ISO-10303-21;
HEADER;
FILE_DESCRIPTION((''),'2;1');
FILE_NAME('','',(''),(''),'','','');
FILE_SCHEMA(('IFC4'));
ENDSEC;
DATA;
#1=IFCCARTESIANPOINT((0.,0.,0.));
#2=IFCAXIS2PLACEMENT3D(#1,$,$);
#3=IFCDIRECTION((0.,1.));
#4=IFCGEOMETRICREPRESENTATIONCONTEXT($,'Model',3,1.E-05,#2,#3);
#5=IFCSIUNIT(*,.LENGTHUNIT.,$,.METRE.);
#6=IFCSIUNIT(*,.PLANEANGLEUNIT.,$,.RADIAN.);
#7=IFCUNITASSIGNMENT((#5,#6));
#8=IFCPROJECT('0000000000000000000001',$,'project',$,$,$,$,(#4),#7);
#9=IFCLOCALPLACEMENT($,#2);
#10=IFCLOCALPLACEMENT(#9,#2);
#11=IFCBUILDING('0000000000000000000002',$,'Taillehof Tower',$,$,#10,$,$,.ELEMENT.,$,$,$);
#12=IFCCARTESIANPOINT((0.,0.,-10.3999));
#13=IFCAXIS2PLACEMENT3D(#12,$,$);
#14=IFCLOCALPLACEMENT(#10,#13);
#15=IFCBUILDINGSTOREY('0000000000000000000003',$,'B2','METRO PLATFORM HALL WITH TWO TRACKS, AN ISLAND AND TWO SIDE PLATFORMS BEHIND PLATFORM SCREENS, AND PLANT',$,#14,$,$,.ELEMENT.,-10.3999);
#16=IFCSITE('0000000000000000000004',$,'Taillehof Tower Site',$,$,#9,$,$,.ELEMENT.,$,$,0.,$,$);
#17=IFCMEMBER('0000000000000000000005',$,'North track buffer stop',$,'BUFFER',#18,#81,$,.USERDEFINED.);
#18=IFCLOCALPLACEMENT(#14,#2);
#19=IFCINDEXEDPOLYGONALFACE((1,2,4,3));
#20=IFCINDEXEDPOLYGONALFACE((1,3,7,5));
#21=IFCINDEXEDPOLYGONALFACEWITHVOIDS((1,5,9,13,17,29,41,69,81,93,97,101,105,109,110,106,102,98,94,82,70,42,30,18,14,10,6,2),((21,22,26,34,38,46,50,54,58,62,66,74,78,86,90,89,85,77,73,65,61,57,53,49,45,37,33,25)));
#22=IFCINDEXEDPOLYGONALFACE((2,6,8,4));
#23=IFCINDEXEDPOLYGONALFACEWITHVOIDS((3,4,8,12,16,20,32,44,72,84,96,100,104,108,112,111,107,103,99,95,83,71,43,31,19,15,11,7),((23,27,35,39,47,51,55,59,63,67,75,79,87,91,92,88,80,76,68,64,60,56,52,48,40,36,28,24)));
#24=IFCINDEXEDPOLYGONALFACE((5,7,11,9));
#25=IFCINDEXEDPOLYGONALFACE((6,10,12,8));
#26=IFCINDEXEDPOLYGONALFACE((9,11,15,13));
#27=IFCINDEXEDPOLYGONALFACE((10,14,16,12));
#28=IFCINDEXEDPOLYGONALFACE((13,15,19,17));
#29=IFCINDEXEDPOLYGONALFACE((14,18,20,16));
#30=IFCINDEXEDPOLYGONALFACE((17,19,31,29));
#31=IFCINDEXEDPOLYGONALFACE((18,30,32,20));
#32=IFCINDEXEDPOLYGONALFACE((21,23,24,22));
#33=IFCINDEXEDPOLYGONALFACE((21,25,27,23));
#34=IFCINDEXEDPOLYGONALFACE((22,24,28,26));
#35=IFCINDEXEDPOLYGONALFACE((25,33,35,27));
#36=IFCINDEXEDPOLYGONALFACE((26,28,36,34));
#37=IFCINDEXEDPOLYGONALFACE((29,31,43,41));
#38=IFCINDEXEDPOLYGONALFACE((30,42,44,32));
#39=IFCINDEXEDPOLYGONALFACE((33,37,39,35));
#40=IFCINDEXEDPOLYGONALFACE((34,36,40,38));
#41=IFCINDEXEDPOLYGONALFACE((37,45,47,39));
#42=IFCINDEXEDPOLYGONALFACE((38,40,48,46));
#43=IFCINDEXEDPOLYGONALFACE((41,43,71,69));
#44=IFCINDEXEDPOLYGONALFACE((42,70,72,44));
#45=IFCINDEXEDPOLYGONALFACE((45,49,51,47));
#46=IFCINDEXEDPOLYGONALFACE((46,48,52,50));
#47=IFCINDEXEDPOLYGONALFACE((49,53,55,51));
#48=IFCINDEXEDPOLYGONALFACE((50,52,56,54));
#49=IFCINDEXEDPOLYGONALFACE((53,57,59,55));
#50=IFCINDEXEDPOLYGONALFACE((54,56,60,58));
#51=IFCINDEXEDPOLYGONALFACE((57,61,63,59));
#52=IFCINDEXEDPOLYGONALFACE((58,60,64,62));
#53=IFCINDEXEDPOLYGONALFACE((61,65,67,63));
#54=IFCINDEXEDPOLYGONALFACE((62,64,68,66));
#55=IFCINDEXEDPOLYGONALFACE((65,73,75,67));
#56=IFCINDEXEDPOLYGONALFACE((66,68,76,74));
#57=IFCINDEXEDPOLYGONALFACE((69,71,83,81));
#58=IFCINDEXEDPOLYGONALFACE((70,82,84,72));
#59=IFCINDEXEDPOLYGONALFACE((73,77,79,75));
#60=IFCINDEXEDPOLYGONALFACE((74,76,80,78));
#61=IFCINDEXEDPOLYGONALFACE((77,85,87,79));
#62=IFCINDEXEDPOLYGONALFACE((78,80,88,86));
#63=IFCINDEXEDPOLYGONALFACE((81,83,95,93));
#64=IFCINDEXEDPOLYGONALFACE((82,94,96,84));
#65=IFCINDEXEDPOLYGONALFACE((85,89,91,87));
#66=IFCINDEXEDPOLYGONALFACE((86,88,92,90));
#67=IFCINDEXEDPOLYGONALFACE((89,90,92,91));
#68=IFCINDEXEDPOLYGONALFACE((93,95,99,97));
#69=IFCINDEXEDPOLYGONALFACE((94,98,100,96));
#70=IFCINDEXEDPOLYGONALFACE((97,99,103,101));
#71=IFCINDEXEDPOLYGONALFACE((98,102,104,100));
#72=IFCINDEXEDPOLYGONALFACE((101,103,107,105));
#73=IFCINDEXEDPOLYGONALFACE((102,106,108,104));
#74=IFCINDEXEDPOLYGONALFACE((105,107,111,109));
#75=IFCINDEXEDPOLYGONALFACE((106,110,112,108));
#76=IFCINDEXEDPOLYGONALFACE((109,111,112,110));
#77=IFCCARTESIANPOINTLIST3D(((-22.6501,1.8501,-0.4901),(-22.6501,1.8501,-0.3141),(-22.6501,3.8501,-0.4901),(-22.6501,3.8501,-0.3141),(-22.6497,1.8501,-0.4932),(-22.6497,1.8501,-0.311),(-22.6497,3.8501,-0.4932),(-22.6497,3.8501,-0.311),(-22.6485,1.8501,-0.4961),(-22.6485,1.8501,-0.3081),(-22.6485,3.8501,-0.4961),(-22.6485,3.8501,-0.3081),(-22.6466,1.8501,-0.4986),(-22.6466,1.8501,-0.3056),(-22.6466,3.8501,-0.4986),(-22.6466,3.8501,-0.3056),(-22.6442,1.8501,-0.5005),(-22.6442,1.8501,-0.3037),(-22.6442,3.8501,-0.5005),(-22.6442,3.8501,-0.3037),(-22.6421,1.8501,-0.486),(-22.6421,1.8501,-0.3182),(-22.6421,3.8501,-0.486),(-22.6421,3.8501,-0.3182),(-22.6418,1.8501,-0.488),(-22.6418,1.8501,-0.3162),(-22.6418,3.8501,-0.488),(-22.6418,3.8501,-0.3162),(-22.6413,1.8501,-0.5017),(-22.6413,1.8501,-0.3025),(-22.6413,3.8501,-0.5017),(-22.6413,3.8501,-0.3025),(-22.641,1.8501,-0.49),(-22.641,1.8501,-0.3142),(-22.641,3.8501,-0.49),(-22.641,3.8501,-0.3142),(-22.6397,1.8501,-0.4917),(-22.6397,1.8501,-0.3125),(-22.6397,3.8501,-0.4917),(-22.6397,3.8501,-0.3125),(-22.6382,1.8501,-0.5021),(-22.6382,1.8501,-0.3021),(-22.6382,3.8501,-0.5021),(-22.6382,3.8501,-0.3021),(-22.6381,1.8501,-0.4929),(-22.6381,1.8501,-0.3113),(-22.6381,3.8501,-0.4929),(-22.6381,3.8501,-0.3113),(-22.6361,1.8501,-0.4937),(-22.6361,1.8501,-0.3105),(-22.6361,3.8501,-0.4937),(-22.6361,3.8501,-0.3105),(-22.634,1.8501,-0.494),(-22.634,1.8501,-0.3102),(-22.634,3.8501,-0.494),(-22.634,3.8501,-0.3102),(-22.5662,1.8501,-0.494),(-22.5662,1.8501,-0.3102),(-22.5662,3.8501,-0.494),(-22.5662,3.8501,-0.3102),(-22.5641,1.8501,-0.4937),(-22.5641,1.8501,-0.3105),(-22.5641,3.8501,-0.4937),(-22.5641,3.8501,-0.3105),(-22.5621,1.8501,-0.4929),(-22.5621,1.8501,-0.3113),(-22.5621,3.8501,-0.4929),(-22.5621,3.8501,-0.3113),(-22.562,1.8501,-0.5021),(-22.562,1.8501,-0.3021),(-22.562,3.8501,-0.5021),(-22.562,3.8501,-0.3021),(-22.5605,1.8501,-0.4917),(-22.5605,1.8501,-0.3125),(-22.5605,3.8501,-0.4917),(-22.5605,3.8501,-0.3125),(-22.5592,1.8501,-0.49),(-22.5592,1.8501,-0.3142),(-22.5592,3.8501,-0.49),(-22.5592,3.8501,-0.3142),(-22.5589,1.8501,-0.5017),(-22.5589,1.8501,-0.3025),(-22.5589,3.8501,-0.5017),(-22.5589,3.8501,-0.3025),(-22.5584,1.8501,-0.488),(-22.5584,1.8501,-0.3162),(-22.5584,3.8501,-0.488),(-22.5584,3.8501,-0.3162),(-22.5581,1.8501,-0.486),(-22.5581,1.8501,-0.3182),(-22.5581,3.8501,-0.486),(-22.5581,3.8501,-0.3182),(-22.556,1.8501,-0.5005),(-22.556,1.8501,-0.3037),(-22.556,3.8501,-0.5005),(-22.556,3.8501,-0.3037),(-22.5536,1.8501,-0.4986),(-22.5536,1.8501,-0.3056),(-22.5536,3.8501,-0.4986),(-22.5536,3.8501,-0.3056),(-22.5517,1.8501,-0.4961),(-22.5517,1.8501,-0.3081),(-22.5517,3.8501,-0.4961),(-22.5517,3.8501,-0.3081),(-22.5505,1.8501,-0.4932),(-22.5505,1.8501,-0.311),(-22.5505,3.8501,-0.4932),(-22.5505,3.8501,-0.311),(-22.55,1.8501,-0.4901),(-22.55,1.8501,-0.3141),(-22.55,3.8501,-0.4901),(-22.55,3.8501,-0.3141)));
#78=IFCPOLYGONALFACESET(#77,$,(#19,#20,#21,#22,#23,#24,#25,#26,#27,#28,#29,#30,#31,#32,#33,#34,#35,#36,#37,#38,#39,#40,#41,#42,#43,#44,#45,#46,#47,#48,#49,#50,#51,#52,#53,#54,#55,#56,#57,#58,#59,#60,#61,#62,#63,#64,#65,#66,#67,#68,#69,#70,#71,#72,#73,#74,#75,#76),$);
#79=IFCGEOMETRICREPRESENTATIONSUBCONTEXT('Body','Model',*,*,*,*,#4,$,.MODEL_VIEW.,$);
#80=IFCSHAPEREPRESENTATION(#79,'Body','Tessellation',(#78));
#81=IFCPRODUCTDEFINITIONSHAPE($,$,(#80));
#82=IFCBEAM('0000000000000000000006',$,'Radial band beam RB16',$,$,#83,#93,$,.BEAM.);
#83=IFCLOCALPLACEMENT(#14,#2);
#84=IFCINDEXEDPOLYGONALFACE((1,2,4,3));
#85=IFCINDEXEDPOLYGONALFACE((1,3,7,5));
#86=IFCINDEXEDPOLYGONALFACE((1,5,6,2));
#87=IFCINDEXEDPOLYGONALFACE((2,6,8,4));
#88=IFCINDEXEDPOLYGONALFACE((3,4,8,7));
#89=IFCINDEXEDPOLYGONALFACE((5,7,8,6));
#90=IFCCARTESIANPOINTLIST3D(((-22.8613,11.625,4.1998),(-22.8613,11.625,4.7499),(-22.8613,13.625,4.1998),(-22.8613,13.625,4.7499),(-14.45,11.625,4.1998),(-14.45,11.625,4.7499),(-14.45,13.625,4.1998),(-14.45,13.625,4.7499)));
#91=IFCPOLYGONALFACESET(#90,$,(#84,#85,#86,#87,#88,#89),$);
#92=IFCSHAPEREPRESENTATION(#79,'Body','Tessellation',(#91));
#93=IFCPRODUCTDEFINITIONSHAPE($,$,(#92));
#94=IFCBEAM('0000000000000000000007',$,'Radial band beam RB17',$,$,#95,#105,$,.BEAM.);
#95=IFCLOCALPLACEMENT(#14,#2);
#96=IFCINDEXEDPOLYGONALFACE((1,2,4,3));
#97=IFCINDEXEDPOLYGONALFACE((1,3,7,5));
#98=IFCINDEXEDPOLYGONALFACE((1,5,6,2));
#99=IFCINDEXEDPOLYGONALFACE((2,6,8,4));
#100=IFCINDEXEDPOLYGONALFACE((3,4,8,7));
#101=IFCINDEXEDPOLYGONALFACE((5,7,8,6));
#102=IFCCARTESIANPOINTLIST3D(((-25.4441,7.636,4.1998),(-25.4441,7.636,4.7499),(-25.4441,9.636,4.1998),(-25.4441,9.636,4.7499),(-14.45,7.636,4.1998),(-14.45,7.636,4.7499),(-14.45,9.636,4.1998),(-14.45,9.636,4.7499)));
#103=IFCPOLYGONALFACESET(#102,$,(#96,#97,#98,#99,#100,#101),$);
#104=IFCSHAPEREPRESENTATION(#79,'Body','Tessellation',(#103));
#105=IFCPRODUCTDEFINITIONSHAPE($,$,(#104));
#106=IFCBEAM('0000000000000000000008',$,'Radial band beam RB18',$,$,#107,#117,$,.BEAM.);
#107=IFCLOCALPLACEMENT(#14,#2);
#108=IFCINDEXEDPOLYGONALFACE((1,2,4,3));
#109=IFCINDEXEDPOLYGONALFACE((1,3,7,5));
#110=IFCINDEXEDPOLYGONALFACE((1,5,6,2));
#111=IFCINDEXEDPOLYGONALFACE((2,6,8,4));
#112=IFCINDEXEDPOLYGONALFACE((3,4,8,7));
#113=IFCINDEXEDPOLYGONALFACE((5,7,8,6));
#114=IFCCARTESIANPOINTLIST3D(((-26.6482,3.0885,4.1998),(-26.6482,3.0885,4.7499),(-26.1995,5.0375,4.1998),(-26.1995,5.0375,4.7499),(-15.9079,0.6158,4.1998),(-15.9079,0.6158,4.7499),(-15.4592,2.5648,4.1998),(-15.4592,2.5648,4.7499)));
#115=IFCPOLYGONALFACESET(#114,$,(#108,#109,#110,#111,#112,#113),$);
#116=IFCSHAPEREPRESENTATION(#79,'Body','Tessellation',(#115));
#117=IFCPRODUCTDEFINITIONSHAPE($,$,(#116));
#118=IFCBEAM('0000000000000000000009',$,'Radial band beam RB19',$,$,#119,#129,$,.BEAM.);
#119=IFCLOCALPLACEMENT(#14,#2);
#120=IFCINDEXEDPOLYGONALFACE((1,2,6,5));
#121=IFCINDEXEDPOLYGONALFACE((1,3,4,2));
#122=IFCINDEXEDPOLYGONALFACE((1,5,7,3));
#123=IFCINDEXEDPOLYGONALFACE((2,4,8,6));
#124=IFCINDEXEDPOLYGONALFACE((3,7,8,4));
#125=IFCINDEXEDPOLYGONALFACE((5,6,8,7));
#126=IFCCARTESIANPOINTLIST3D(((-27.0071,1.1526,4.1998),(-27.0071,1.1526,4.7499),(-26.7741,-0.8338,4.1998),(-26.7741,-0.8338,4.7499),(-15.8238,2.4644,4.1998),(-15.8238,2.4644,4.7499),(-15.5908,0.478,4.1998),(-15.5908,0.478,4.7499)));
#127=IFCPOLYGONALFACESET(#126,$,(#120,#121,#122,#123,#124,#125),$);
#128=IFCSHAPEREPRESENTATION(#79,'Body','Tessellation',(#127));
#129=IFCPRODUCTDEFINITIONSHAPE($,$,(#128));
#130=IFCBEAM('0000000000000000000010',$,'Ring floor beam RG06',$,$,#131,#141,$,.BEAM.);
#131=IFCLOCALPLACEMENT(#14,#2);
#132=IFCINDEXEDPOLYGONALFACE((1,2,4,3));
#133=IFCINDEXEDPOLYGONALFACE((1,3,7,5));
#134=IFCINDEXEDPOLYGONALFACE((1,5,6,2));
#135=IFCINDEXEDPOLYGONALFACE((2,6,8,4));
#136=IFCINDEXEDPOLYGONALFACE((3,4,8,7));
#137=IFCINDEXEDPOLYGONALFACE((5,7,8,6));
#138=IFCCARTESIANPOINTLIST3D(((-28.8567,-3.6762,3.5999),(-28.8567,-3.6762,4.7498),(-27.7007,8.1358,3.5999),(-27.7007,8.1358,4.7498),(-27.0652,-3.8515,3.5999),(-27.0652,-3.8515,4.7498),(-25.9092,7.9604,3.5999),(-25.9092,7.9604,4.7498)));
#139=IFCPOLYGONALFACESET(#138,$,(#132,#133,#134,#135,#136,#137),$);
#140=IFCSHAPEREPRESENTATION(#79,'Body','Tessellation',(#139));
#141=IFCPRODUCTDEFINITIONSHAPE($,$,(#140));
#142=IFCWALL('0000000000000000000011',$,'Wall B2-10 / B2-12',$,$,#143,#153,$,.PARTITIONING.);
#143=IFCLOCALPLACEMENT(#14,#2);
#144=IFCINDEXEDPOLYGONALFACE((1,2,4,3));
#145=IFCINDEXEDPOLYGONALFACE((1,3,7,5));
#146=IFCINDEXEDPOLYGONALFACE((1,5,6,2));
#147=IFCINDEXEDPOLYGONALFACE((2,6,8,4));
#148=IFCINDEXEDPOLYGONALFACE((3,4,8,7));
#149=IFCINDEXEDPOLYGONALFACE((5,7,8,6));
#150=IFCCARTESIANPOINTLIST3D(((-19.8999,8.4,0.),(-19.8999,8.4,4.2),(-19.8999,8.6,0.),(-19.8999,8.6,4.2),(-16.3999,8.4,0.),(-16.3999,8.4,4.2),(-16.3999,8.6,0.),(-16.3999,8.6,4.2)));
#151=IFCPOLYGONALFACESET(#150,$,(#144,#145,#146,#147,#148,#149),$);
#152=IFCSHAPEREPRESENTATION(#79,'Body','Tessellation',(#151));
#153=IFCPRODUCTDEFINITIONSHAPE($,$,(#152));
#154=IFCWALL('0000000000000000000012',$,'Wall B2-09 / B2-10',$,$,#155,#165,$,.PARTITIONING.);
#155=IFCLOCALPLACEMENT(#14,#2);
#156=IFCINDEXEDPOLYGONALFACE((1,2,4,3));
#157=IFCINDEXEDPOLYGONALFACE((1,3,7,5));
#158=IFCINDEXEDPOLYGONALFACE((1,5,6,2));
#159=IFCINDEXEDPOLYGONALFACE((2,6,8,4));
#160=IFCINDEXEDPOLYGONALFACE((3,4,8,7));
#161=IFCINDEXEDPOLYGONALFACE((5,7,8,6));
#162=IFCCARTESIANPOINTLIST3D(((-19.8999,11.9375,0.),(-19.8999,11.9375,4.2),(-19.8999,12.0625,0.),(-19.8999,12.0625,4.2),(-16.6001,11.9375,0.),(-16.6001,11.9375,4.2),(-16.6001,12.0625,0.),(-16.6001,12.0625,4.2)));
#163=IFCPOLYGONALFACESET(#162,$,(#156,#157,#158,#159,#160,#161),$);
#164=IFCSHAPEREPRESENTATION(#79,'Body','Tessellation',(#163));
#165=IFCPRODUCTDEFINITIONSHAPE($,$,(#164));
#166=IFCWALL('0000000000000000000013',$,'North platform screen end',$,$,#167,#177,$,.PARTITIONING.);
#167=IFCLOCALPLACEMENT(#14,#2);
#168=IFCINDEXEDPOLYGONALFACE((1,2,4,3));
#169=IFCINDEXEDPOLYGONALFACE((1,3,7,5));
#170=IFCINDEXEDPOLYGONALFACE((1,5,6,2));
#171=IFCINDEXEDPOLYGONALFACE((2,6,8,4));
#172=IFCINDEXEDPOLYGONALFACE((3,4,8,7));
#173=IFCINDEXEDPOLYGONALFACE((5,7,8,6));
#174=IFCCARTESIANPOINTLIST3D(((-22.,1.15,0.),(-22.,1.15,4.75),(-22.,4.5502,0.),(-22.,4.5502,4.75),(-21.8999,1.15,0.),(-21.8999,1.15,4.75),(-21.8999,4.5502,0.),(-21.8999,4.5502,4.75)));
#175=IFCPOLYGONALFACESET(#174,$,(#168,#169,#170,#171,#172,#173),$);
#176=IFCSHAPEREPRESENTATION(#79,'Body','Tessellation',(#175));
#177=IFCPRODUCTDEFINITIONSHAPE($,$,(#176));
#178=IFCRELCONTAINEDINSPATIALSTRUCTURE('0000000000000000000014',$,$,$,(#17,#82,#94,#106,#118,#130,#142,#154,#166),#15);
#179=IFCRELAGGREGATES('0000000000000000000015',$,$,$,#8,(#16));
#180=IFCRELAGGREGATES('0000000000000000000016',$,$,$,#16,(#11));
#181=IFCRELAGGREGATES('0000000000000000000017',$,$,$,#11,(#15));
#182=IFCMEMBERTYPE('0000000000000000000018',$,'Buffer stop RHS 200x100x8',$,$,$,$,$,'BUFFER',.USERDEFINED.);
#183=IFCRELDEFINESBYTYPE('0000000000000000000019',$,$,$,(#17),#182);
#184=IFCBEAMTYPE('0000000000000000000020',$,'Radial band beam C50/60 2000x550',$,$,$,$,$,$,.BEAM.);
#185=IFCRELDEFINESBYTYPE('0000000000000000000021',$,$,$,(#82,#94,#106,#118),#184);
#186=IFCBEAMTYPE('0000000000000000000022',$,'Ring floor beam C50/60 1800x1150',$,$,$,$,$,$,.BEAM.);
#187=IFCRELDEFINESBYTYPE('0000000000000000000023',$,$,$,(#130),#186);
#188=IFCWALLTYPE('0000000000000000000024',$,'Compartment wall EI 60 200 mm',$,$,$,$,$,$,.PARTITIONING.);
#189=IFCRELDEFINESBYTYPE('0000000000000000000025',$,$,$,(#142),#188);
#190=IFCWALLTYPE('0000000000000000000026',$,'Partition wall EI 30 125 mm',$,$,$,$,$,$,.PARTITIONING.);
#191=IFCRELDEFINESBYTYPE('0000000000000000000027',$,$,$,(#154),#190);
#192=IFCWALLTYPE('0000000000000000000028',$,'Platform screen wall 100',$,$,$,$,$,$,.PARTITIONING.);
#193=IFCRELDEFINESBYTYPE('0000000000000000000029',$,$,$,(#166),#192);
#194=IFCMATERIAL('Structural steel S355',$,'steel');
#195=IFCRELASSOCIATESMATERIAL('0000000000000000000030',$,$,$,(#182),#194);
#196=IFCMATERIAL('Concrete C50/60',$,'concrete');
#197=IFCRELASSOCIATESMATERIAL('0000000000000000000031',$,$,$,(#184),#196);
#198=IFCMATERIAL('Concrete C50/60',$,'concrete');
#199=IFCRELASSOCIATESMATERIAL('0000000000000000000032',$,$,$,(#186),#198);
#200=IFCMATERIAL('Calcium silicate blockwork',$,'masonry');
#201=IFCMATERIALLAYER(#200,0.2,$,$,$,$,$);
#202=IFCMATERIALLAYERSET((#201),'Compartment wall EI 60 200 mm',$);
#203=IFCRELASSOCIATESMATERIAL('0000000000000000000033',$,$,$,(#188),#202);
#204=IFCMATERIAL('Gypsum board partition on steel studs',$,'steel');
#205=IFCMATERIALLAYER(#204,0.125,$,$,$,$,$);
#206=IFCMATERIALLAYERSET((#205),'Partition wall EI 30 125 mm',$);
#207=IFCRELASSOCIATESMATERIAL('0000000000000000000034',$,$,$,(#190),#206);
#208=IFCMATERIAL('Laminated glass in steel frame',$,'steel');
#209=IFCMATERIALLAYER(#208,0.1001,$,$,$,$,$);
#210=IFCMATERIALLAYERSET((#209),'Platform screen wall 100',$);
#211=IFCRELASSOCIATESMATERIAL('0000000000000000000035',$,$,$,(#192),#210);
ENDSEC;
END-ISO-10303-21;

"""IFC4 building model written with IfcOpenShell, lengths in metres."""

from ifc_helpers import new_model, si_unit, direction, frame, frame_2d, origin, origin_2d, place, context, subcontext, project, spatial, rectangle, hollow_rectangle, extrude, material, layer, layer_set, material_profile, profile_set, type_object, element, save


model = new_model("IFC4")

# Units and contexts
model_context = context("Model", 3, precision=1e-05, world=origin(), true_north=direction((0.0, 1.0)))
body_context = subcontext(model_context, "Body", "Model", "MODEL_VIEW")
ifc_project = project(units=[si_unit("LENGTHUNIT", "METRE"), si_unit("PLANEANGLEUNIT", "RADIAN")], contexts=[model_context])

# Site, building, storey
site_placement = place(None, origin())
site = spatial("IfcSite", under=ifc_project, at=site_placement, Name="Taillehof Tower Site", CompositionType="ELEMENT", RefElevation=0.0)
building_placement = place(site_placement, origin())
building = spatial("IfcBuilding", under=site, at=building_placement, Name="Taillehof Tower", CompositionType="ELEMENT")
storey_placement = place(building_placement, frame((0.0, 0.0, -10.3999)))
storey = spatial("IfcBuildingStorey", under=building, at=storey_placement, Name="B2", Description="METRO PLATFORM HALL WITH TWO TRACKS, AN ISLAND AND TWO SIDE PLATFORMS BEHIND PLATFORM SCREENS, AND PLANT", CompositionType="ELEMENT", Elevation=-10.3999)

# Member
ifc_material_1 = material(Name="Structural steel S355", Category="steel")
ifc_material_profile_1 = material_profile(ifc_material_1, hollow_rectangle(XDim=0.1001, YDim=0.2, WallThickness=0.0081, InnerFilletRadius=0.0081, OuterFilletRadius=0.012, at=origin_2d()), Name="RHS 200x100x8")
ifc_profile_set_1 = profile_set([ifc_material_profile_1], Name="Structural steel S355")
member_type = type_object("IfcMemberType", Name="Buffer stop RHS 200x100x8", ElementType="BUFFER", PredefinedType="USERDEFINED", material=ifc_profile_set_1)
member_placement = place(storey_placement, frame((-22.6001, 1.8501, -0.4021), z_axis=(0.0, 1.0, 0.0), x_axis=(-1.0, 0.0, 0.0)))
element("IfcMember", 1, at=member_placement, inside=storey, type_object=member_type, Name="North track buffer stop", ObjectType="BUFFER", PredefinedType="USERDEFINED", context=body_context, shape_type="SweptSolid", body=[
    extrude(hollow_rectangle(XDim=0.1001, YDim=0.2, WallThickness=0.0081, InnerFilletRadius=0.0081, OuterFilletRadius=0.012, at=origin_2d()), origin(), (0.0, 0.0, 1.0), 2.0),
])

# Beams
ifc_material_2 = material(Name="Concrete C50/60", Category="concrete")
ifc_material_profile_2 = material_profile(ifc_material_2, rectangle(XDim=2.0, YDim=0.55, at=origin_2d()), Name="RC 2000x550")
ifc_profile_set_2 = profile_set([ifc_material_profile_2], Name="Concrete C50/60")
beam_type_1 = type_object("IfcBeamType", Name="Radial band beam C50/60 2000x550", PredefinedType="BEAM", material=ifc_profile_set_2)
beam_1_placement = place(storey_placement, frame((-22.8613, 12.625, 4.4749), z_axis=(1.0, 0.0, 0.0), x_axis=(0.0, 1.0, 0.0)))
element("IfcBeam", 2, at=beam_1_placement, inside=storey, type_object=beam_type_1, Name="Radial band beam RB16", PredefinedType="BEAM", context=body_context, shape_type="SweptSolid", body=[
    extrude(rectangle(XDim=2.0, YDim=0.55, at=origin_2d()), origin(), (0.0, 0.0, 1.0), 8.4114),
])
beam_2_placement = place(storey_placement, frame((-25.4441, 8.636, 4.4749), z_axis=(1.0, 0.0, 0.0), x_axis=(0.0, 1.0, 0.0)))
element("IfcBeam", 3, at=beam_2_placement, inside=storey, type_object=beam_type_1, Name="Radial band beam RB17", PredefinedType="BEAM", context=body_context, shape_type="SweptSolid", body=[
    extrude(rectangle(XDim=2.0, YDim=0.55, at=origin_2d()), origin(), (0.0, 0.0, 1.0), 10.9941),
])
beam_3_placement = place(storey_placement, frame((-26.4238, 4.063, 4.4749), z_axis=(0.974508, -0.224355, 0.0), x_axis=(0.224355, 0.974508, 0.0)))
element("IfcBeam", 4, at=beam_3_placement, inside=storey, type_object=beam_type_1, Name="Radial band beam RB18", PredefinedType="BEAM", context=body_context, shape_type="SweptSolid", body=[
    extrude(rectangle(XDim=2.0, YDim=0.55, at=origin_2d()), origin(), (0.0, 0.0, 1.0), 11.0212),
])
beam_4_placement = place(storey_placement, frame((-26.8906, 0.1594, 4.4749), z_axis=(0.993191, 0.116498, 0.0), x_axis=(-0.116498, 0.993191, 0.0)))
element("IfcBeam", 5, at=beam_4_placement, inside=storey, type_object=beam_type_1, Name="Radial band beam RB19", PredefinedType="BEAM", context=body_context, shape_type="SweptSolid", body=[
    extrude(rectangle(XDim=2.0, YDim=0.55, at=origin_2d()), origin(), (0.0, 0.0, 1.0), 11.26),
])
ifc_material_3 = material(Name="Concrete C50/60", Category="concrete")
ifc_material_profile_3 = material_profile(ifc_material_3, rectangle(XDim=1.8, YDim=1.1499, at=origin_2d()), Name="RC 1800x1150")
ifc_profile_set_3 = profile_set([ifc_material_profile_3], Name="Concrete C50/60")
beam_type_2 = type_object("IfcBeamType", Name="Ring floor beam C50/60 1800x1150", PredefinedType="BEAM", material=ifc_profile_set_3)
beam_5_placement = place(storey_placement, frame((-26.8049, 8.0481, 4.1748), z_axis=(-0.097402, -0.995245, 0.0), x_axis=(0.995245, -0.097402, 0.0)))
element("IfcBeam", 6, at=beam_5_placement, inside=storey, type_object=beam_type_2, Name="Ring floor beam RG06", PredefinedType="BEAM", context=body_context, shape_type="SweptSolid", body=[
    extrude(rectangle(XDim=1.8, YDim=1.1499, at=origin_2d()), origin(), (0.0, 0.0, 1.0), 11.8684),
])

# Walls
ifc_material_4 = material(Name="Calcium silicate blockwork", Category="masonry")
ifc_layer_1 = layer(ifc_material_4, 0.2)
ifc_layer_set_1 = layer_set([ifc_layer_1], Name="Compartment wall EI 60 200 mm")
wall_type_1 = type_object("IfcWallType", Name="Compartment wall EI 60 200 mm", PredefinedType="PARTITIONING", material=ifc_layer_set_1)
wall_1_placement = place(storey_placement, frame((-19.8999, 8.5, 0.0), z_axis=(0.0, 0.0, 1.0), x_axis=(1.0, 0.0, 0.0)))
element("IfcWall", 7, at=wall_1_placement, inside=storey, type_object=wall_type_1, Name="Wall B2-10 / B2-12", PredefinedType="PARTITIONING", context=body_context, shape_type="SweptSolid", body=[
    extrude(rectangle(XDim=3.5, YDim=0.2, at=frame_2d((1.75, 0.0))), origin(), (0.0, 0.0, 1.0), 4.2),
])
ifc_material_5 = material(Name="Gypsum board partition on steel studs", Category="steel")
ifc_layer_2 = layer(ifc_material_5, 0.125)
ifc_layer_set_2 = layer_set([ifc_layer_2], Name="Partition wall EI 30 125 mm")
wall_type_2 = type_object("IfcWallType", Name="Partition wall EI 30 125 mm", PredefinedType="PARTITIONING", material=ifc_layer_set_2)
wall_2_placement = place(storey_placement, frame((-19.8999, 12.0, 0.0), z_axis=(0.0, 0.0, 1.0), x_axis=(1.0, 0.0, 0.0)))
element("IfcWall", 8, at=wall_2_placement, inside=storey, type_object=wall_type_2, Name="Wall B2-09 / B2-10", PredefinedType="PARTITIONING", context=body_context, shape_type="SweptSolid", body=[
    extrude(rectangle(XDim=3.2998, YDim=0.125, at=frame_2d((1.6499, 0.0))), origin(), (0.0, 0.0, 1.0), 4.2),
])
ifc_material_6 = material(Name="Laminated glass in steel frame", Category="steel")
ifc_layer_3 = layer(ifc_material_6, 0.1001)
ifc_layer_set_3 = layer_set([ifc_layer_3], Name="Platform screen wall 100")
wall_type_3 = type_object("IfcWallType", Name="Platform screen wall 100", PredefinedType="PARTITIONING", material=ifc_layer_set_3)
wall_3_placement = place(storey_placement, frame((-21.95, 1.1499, 0.0), z_axis=(0.0, 0.0, 1.0), x_axis=(0.0, 1.0, 0.0)))
element("IfcWall", 9, at=wall_3_placement, inside=storey, type_object=wall_type_3, Name="North platform screen end", PredefinedType="PARTITIONING", context=body_context, shape_type="SweptSolid", body=[
    extrude(rectangle(XDim=3.4001, YDim=0.1001, at=frame_2d((1.7002, 0.0))), origin(), (0.0, 0.0, 1.0), 4.75),
])

save(model, "model.ifc")
